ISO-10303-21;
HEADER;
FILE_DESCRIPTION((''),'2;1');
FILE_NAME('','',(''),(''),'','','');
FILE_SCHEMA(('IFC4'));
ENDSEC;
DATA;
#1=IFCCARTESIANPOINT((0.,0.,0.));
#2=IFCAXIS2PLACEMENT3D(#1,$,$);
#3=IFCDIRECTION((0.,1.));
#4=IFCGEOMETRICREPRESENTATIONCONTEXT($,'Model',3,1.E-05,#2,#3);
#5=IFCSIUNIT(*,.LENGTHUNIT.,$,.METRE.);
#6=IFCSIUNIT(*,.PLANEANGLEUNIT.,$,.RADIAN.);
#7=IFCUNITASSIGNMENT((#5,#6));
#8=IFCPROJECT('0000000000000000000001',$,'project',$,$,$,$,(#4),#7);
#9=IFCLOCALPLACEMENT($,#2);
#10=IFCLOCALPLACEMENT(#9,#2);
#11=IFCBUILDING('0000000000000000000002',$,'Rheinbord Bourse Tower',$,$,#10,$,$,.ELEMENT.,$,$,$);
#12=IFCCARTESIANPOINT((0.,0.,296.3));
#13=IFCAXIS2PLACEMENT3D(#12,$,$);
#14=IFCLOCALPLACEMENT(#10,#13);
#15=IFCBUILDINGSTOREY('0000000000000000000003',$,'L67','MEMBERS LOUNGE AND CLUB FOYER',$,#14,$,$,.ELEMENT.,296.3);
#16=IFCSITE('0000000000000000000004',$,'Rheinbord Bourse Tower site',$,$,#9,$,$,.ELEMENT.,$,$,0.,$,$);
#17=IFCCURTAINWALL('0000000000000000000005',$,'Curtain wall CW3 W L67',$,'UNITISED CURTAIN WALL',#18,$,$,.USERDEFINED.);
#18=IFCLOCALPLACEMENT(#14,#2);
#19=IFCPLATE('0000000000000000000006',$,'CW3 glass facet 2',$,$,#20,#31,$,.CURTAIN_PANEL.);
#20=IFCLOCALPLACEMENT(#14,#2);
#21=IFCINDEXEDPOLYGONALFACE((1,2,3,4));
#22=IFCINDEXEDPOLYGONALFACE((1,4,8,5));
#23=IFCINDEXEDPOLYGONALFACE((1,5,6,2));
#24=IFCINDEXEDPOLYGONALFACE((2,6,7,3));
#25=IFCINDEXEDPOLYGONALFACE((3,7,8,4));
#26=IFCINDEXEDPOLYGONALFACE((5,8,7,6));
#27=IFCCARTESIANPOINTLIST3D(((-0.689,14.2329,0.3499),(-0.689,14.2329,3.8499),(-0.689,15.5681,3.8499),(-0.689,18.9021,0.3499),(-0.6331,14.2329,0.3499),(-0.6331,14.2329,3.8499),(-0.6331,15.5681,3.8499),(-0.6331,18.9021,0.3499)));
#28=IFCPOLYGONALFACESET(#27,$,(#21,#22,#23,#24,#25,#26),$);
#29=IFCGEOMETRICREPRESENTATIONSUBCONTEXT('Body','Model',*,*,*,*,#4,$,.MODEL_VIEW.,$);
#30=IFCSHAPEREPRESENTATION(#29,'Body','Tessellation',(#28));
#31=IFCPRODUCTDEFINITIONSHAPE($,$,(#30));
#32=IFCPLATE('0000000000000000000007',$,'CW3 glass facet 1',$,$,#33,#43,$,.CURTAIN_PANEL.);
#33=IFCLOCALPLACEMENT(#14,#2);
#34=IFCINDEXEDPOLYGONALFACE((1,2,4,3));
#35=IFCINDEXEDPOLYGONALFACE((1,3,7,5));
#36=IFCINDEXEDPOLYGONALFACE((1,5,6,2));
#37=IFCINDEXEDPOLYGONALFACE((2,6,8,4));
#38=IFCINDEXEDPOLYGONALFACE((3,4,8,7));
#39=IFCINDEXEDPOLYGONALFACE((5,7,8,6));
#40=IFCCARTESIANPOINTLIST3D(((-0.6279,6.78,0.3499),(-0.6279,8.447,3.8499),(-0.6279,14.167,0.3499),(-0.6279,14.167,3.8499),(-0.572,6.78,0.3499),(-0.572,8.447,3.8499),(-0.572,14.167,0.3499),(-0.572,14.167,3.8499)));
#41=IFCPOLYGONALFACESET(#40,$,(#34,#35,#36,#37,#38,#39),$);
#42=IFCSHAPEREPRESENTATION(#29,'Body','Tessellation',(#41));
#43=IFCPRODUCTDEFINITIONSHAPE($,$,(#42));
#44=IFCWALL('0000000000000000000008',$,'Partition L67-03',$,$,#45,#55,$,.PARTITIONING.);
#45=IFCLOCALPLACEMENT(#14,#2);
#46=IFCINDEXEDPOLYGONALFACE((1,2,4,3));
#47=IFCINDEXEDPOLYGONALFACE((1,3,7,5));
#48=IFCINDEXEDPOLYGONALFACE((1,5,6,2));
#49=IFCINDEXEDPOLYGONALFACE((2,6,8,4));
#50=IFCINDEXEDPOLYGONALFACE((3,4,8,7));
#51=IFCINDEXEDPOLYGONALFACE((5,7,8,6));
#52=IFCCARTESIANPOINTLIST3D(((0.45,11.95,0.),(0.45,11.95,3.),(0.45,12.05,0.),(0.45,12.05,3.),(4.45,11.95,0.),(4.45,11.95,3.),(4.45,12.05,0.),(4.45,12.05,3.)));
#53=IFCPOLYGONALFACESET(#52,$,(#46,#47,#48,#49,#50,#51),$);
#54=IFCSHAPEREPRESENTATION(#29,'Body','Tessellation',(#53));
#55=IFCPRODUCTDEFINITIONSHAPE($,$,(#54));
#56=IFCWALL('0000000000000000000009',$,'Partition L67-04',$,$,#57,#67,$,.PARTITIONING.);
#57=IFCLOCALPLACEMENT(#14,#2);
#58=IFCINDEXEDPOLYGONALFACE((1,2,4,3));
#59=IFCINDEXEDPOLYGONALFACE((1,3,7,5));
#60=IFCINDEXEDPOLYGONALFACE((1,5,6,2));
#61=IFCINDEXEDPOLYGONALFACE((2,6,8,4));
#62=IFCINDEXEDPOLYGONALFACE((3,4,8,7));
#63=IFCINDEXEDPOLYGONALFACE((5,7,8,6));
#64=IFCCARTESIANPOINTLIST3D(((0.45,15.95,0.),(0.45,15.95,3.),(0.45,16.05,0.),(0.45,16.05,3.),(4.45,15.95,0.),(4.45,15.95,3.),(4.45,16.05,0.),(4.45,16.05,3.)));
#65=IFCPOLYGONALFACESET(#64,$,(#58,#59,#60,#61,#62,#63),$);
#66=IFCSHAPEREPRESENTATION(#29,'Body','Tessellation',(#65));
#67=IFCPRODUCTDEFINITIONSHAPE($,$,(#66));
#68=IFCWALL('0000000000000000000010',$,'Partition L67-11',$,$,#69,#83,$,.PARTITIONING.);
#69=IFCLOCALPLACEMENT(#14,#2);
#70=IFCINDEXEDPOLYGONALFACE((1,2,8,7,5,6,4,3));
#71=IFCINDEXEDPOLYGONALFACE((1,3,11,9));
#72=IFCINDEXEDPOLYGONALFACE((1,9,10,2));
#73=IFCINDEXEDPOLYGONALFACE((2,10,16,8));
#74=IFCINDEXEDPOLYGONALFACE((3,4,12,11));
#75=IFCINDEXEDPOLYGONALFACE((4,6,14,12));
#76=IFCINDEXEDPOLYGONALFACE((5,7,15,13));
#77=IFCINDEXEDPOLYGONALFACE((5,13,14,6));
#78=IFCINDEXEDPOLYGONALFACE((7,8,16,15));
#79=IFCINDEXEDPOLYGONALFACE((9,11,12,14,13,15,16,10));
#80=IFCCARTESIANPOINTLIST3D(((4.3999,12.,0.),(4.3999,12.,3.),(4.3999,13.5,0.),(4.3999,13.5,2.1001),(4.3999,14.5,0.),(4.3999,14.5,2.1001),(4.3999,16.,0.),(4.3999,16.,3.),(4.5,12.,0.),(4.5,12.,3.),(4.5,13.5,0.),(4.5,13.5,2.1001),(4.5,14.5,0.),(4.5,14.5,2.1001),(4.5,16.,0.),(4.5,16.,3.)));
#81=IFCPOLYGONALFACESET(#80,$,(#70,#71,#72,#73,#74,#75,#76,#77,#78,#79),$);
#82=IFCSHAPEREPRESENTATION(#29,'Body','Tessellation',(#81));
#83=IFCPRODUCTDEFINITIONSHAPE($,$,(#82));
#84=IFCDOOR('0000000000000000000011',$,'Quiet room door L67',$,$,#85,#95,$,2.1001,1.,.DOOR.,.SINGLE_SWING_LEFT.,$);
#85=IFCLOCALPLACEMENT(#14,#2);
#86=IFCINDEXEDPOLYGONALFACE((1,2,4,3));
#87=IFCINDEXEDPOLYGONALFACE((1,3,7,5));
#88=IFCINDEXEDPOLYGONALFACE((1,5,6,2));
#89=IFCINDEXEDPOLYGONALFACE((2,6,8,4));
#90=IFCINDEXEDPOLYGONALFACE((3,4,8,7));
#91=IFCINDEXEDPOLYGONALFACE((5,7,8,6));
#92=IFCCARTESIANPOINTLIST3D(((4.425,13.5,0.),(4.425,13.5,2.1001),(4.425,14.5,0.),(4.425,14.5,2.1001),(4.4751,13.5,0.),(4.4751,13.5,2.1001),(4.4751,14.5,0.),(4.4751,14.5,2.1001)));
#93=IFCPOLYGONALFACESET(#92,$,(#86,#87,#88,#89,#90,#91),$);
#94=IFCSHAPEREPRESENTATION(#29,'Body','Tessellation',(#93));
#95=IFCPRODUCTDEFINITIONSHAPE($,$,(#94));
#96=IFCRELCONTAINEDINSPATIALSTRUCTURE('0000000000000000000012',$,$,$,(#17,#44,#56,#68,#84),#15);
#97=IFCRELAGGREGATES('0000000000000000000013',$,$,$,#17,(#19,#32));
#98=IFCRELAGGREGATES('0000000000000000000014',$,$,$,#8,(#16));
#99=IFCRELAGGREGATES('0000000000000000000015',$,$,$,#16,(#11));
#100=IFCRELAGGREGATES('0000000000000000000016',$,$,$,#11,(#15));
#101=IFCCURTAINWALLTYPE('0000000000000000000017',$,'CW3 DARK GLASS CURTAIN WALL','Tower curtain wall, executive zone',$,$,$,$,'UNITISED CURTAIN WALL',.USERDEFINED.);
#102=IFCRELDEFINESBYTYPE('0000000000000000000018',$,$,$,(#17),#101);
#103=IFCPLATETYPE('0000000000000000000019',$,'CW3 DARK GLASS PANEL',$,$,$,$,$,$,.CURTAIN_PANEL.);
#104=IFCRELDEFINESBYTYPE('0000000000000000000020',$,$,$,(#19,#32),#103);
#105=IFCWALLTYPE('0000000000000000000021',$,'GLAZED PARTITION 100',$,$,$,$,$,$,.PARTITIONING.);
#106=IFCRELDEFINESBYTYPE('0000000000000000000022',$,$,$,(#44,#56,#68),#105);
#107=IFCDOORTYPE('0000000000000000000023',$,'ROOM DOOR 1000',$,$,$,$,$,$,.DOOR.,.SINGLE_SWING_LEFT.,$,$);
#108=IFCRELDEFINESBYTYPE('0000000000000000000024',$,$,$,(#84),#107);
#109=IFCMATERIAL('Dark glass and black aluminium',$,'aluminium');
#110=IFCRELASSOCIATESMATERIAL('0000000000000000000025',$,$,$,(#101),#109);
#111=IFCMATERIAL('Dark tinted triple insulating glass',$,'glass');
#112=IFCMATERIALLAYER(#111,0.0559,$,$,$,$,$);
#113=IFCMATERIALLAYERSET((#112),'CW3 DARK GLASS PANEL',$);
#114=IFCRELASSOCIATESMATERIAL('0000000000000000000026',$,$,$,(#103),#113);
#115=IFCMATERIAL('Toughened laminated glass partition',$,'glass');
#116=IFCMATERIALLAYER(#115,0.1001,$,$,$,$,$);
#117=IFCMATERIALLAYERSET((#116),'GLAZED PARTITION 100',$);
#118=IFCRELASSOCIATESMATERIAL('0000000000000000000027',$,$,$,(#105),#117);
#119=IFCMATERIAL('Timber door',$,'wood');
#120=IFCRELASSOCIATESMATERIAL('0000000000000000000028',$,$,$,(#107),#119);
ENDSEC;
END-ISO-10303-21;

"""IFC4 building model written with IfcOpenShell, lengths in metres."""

from ifc_helpers import new_model, si_unit, direction, frame, frame_2d, origin, place, context, subcontext, project, spatial, polyline, rectangle, outline, extrude, material, layer, layer_set, type_object, element, fill, aggregate, save


model = new_model("IFC4")

# Units and contexts
model_context = context("Model", 3, precision=1e-05, world=origin(), true_north=direction((0.0, 1.0)))
body_context = subcontext(model_context, "Body", "Model", "MODEL_VIEW")
ifc_project = project(units=[si_unit("LENGTHUNIT", "METRE"), si_unit("PLANEANGLEUNIT", "RADIAN")], contexts=[model_context])

# Site, building, storey
site_placement = place(None, origin())
site = spatial("IfcSite", under=ifc_project, at=site_placement, Name="Rheinbord Bourse Tower site", CompositionType="ELEMENT", RefElevation=0.0)
building_placement = place(site_placement, origin())
building = spatial("IfcBuilding", under=site, at=building_placement, Name="Rheinbord Bourse Tower", CompositionType="ELEMENT")
storey_placement = place(building_placement, frame((0.0, 0.0, 296.3)))
storey = spatial("IfcBuildingStorey", under=building, at=storey_placement, Name="L67", Description="MEMBERS LOUNGE AND CLUB FOYER", CompositionType="ELEMENT", Elevation=296.3)

# Curtain wall
ifc_material_1 = material(Name="Dark glass and black aluminium", Category="aluminium")
curtain_wall_type = type_object("IfcCurtainWallType", Name="CW3 DARK GLASS CURTAIN WALL", Description="Tower curtain wall, executive zone", ElementType="UNITISED CURTAIN WALL", PredefinedType="USERDEFINED", material=ifc_material_1)
curtain_wall_placement = place(storey_placement, origin())
curtain_wall = element("IfcCurtainWall", 1, at=curtain_wall_placement, inside=storey, type_object=curtain_wall_type, Name="Curtain wall CW3 W L67", ObjectType="UNITISED CURTAIN WALL", PredefinedType="USERDEFINED")

# Plates
ifc_material_2 = material(Name="Dark tinted triple insulating glass", Category="glass")
ifc_layer_1 = layer(ifc_material_2, 0.0559)
ifc_layer_set_1 = layer_set([ifc_layer_1], Name="CW3 DARK GLASS PANEL")
plate_type = type_object("IfcPlateType", Name="CW3 DARK GLASS PANEL", PredefinedType="CURTAIN_PANEL", material=ifc_layer_set_1)
plate_1_placement = place(storey_placement, frame((-0.689, 14.2329, 3.8499), z_axis=(1.0, 0.0, 0.0), x_axis=(0.0, 0.0, -1.0)))
plate_1 = element("IfcPlate", 2, at=plate_1_placement, type_object=plate_type, Name="CW3 glass facet 2", PredefinedType="CURTAIN_PANEL", context=body_context, shape_type="SweptSolid", body=[
    extrude(outline(polyline([(0.0, 0.0), (3.5, 0.0), (3.5, 4.6692), (0.0, 1.3352), (0.0, 0.0)])), origin(), (0.0, 0.0, 1.0), 0.0559),
])
plate_2_placement = place(storey_placement, frame((-0.6279, 14.167, 0.3499), z_axis=(1.0, 0.0, 0.0), x_axis=(0.0, 0.0, 1.0)))
plate_2 = element("IfcPlate", 3, at=plate_2_placement, type_object=plate_type, Name="CW3 glass facet 1", PredefinedType="CURTAIN_PANEL", context=body_context, shape_type="SweptSolid", body=[
    extrude(outline(polyline([(0.0, 0.0), (3.5, 0.0), (3.5, 5.72), (0.0, 7.387), (0.0, 0.0)])), origin(), (0.0, 0.0, 1.0), 0.0559),
])
aggregate(curtain_wall, [plate_1, plate_2])

# Walls
ifc_material_3 = material(Name="Toughened laminated glass partition", Category="glass")
ifc_layer_2 = layer(ifc_material_3, 0.1001)
ifc_layer_set_2 = layer_set([ifc_layer_2], Name="GLAZED PARTITION 100")
wall_type = type_object("IfcWallType", Name="GLAZED PARTITION 100", PredefinedType="PARTITIONING", material=ifc_layer_set_2)
for number, where, z_axis, x_axis, name in (
    (4, (0.45, 12.0, 0.0), (0.0, 0.0, 1.0), (1.0, 0.0, 0.0), "Partition L67-03"),
    (5, (0.45, 16.0, 0.0), (0.0, 0.0, 1.0), (1.0, 0.0, 0.0), "Partition L67-04"),
):
    element("IfcWall", number, at=place(storey_placement, frame(where, z_axis=z_axis, x_axis=x_axis)), inside=storey, type_object=wall_type, Name=name, PredefinedType="PARTITIONING", context=body_context, shape_type="SweptSolid", body=[
        extrude(rectangle(XDim=4.0, YDim=0.1001, at=frame_2d((2.0, 0.0))), origin(), (0.0, 0.0, 1.0), 3.0),
    ])

# Wall, opening, door
wall_placement = place(storey_placement, frame((4.45, 12.0, 0.0), z_axis=(0.0, 0.0, 1.0), x_axis=(0.0, 1.0, 0.0)))
wall = element("IfcWall", 6, at=wall_placement, inside=storey, type_object=wall_type, Name="Partition L67-11", PredefinedType="PARTITIONING", context=body_context, shape_type="SweptSolid", body=[
    extrude(rectangle(XDim=4.0, YDim=0.1001, at=frame_2d((2.0, 0.0))), origin(), (0.0, 0.0, 1.0), 3.0),
])
opening_placement = place(wall_placement, frame((1.5, 0.0, 0.0)))
opening = element("IfcOpeningElement", 7, at=opening_placement, cuts=wall, PredefinedType="OPENING", context=body_context, shape_type="SweptSolid", body=[
    extrude(rectangle(XDim=1.0, YDim=2.1001, at=frame_2d((0.5, 1.05))), frame((0.0, 0.0601, 0.0), z_axis=(0.0, -1.0, 0.0), x_axis=(1.0, 0.0, 0.0)), (0.0, 0.0, 1.0), 0.1201),
])
ifc_material_4 = material(Name="Timber door", Category="wood")
door_type = type_object("IfcDoorType", Name="ROOM DOOR 1000", OperationType="SINGLE_SWING_LEFT", PredefinedType="DOOR", material=ifc_material_4)
door_placement = place(opening_placement, origin())
door = element("IfcDoor", 8, at=door_placement, inside=storey, type_object=door_type, Name="Quiet room door L67", OperationType="SINGLE_SWING_LEFT", OverallHeight=2.1001, OverallWidth=1.0, PredefinedType="DOOR", context=body_context, shape_type="SweptSolid", body=[
    extrude(rectangle(XDim=1.0, YDim=2.1001, at=frame_2d((0.5, 1.05))), frame((0.0, 0.0249, 0.0), z_axis=(0.0, -1.0, 0.0), x_axis=(1.0, 0.0, 0.0)), (0.0, 0.0, 1.0), 0.05),
])
fill(opening, door)

save(model, "model.ifc")
